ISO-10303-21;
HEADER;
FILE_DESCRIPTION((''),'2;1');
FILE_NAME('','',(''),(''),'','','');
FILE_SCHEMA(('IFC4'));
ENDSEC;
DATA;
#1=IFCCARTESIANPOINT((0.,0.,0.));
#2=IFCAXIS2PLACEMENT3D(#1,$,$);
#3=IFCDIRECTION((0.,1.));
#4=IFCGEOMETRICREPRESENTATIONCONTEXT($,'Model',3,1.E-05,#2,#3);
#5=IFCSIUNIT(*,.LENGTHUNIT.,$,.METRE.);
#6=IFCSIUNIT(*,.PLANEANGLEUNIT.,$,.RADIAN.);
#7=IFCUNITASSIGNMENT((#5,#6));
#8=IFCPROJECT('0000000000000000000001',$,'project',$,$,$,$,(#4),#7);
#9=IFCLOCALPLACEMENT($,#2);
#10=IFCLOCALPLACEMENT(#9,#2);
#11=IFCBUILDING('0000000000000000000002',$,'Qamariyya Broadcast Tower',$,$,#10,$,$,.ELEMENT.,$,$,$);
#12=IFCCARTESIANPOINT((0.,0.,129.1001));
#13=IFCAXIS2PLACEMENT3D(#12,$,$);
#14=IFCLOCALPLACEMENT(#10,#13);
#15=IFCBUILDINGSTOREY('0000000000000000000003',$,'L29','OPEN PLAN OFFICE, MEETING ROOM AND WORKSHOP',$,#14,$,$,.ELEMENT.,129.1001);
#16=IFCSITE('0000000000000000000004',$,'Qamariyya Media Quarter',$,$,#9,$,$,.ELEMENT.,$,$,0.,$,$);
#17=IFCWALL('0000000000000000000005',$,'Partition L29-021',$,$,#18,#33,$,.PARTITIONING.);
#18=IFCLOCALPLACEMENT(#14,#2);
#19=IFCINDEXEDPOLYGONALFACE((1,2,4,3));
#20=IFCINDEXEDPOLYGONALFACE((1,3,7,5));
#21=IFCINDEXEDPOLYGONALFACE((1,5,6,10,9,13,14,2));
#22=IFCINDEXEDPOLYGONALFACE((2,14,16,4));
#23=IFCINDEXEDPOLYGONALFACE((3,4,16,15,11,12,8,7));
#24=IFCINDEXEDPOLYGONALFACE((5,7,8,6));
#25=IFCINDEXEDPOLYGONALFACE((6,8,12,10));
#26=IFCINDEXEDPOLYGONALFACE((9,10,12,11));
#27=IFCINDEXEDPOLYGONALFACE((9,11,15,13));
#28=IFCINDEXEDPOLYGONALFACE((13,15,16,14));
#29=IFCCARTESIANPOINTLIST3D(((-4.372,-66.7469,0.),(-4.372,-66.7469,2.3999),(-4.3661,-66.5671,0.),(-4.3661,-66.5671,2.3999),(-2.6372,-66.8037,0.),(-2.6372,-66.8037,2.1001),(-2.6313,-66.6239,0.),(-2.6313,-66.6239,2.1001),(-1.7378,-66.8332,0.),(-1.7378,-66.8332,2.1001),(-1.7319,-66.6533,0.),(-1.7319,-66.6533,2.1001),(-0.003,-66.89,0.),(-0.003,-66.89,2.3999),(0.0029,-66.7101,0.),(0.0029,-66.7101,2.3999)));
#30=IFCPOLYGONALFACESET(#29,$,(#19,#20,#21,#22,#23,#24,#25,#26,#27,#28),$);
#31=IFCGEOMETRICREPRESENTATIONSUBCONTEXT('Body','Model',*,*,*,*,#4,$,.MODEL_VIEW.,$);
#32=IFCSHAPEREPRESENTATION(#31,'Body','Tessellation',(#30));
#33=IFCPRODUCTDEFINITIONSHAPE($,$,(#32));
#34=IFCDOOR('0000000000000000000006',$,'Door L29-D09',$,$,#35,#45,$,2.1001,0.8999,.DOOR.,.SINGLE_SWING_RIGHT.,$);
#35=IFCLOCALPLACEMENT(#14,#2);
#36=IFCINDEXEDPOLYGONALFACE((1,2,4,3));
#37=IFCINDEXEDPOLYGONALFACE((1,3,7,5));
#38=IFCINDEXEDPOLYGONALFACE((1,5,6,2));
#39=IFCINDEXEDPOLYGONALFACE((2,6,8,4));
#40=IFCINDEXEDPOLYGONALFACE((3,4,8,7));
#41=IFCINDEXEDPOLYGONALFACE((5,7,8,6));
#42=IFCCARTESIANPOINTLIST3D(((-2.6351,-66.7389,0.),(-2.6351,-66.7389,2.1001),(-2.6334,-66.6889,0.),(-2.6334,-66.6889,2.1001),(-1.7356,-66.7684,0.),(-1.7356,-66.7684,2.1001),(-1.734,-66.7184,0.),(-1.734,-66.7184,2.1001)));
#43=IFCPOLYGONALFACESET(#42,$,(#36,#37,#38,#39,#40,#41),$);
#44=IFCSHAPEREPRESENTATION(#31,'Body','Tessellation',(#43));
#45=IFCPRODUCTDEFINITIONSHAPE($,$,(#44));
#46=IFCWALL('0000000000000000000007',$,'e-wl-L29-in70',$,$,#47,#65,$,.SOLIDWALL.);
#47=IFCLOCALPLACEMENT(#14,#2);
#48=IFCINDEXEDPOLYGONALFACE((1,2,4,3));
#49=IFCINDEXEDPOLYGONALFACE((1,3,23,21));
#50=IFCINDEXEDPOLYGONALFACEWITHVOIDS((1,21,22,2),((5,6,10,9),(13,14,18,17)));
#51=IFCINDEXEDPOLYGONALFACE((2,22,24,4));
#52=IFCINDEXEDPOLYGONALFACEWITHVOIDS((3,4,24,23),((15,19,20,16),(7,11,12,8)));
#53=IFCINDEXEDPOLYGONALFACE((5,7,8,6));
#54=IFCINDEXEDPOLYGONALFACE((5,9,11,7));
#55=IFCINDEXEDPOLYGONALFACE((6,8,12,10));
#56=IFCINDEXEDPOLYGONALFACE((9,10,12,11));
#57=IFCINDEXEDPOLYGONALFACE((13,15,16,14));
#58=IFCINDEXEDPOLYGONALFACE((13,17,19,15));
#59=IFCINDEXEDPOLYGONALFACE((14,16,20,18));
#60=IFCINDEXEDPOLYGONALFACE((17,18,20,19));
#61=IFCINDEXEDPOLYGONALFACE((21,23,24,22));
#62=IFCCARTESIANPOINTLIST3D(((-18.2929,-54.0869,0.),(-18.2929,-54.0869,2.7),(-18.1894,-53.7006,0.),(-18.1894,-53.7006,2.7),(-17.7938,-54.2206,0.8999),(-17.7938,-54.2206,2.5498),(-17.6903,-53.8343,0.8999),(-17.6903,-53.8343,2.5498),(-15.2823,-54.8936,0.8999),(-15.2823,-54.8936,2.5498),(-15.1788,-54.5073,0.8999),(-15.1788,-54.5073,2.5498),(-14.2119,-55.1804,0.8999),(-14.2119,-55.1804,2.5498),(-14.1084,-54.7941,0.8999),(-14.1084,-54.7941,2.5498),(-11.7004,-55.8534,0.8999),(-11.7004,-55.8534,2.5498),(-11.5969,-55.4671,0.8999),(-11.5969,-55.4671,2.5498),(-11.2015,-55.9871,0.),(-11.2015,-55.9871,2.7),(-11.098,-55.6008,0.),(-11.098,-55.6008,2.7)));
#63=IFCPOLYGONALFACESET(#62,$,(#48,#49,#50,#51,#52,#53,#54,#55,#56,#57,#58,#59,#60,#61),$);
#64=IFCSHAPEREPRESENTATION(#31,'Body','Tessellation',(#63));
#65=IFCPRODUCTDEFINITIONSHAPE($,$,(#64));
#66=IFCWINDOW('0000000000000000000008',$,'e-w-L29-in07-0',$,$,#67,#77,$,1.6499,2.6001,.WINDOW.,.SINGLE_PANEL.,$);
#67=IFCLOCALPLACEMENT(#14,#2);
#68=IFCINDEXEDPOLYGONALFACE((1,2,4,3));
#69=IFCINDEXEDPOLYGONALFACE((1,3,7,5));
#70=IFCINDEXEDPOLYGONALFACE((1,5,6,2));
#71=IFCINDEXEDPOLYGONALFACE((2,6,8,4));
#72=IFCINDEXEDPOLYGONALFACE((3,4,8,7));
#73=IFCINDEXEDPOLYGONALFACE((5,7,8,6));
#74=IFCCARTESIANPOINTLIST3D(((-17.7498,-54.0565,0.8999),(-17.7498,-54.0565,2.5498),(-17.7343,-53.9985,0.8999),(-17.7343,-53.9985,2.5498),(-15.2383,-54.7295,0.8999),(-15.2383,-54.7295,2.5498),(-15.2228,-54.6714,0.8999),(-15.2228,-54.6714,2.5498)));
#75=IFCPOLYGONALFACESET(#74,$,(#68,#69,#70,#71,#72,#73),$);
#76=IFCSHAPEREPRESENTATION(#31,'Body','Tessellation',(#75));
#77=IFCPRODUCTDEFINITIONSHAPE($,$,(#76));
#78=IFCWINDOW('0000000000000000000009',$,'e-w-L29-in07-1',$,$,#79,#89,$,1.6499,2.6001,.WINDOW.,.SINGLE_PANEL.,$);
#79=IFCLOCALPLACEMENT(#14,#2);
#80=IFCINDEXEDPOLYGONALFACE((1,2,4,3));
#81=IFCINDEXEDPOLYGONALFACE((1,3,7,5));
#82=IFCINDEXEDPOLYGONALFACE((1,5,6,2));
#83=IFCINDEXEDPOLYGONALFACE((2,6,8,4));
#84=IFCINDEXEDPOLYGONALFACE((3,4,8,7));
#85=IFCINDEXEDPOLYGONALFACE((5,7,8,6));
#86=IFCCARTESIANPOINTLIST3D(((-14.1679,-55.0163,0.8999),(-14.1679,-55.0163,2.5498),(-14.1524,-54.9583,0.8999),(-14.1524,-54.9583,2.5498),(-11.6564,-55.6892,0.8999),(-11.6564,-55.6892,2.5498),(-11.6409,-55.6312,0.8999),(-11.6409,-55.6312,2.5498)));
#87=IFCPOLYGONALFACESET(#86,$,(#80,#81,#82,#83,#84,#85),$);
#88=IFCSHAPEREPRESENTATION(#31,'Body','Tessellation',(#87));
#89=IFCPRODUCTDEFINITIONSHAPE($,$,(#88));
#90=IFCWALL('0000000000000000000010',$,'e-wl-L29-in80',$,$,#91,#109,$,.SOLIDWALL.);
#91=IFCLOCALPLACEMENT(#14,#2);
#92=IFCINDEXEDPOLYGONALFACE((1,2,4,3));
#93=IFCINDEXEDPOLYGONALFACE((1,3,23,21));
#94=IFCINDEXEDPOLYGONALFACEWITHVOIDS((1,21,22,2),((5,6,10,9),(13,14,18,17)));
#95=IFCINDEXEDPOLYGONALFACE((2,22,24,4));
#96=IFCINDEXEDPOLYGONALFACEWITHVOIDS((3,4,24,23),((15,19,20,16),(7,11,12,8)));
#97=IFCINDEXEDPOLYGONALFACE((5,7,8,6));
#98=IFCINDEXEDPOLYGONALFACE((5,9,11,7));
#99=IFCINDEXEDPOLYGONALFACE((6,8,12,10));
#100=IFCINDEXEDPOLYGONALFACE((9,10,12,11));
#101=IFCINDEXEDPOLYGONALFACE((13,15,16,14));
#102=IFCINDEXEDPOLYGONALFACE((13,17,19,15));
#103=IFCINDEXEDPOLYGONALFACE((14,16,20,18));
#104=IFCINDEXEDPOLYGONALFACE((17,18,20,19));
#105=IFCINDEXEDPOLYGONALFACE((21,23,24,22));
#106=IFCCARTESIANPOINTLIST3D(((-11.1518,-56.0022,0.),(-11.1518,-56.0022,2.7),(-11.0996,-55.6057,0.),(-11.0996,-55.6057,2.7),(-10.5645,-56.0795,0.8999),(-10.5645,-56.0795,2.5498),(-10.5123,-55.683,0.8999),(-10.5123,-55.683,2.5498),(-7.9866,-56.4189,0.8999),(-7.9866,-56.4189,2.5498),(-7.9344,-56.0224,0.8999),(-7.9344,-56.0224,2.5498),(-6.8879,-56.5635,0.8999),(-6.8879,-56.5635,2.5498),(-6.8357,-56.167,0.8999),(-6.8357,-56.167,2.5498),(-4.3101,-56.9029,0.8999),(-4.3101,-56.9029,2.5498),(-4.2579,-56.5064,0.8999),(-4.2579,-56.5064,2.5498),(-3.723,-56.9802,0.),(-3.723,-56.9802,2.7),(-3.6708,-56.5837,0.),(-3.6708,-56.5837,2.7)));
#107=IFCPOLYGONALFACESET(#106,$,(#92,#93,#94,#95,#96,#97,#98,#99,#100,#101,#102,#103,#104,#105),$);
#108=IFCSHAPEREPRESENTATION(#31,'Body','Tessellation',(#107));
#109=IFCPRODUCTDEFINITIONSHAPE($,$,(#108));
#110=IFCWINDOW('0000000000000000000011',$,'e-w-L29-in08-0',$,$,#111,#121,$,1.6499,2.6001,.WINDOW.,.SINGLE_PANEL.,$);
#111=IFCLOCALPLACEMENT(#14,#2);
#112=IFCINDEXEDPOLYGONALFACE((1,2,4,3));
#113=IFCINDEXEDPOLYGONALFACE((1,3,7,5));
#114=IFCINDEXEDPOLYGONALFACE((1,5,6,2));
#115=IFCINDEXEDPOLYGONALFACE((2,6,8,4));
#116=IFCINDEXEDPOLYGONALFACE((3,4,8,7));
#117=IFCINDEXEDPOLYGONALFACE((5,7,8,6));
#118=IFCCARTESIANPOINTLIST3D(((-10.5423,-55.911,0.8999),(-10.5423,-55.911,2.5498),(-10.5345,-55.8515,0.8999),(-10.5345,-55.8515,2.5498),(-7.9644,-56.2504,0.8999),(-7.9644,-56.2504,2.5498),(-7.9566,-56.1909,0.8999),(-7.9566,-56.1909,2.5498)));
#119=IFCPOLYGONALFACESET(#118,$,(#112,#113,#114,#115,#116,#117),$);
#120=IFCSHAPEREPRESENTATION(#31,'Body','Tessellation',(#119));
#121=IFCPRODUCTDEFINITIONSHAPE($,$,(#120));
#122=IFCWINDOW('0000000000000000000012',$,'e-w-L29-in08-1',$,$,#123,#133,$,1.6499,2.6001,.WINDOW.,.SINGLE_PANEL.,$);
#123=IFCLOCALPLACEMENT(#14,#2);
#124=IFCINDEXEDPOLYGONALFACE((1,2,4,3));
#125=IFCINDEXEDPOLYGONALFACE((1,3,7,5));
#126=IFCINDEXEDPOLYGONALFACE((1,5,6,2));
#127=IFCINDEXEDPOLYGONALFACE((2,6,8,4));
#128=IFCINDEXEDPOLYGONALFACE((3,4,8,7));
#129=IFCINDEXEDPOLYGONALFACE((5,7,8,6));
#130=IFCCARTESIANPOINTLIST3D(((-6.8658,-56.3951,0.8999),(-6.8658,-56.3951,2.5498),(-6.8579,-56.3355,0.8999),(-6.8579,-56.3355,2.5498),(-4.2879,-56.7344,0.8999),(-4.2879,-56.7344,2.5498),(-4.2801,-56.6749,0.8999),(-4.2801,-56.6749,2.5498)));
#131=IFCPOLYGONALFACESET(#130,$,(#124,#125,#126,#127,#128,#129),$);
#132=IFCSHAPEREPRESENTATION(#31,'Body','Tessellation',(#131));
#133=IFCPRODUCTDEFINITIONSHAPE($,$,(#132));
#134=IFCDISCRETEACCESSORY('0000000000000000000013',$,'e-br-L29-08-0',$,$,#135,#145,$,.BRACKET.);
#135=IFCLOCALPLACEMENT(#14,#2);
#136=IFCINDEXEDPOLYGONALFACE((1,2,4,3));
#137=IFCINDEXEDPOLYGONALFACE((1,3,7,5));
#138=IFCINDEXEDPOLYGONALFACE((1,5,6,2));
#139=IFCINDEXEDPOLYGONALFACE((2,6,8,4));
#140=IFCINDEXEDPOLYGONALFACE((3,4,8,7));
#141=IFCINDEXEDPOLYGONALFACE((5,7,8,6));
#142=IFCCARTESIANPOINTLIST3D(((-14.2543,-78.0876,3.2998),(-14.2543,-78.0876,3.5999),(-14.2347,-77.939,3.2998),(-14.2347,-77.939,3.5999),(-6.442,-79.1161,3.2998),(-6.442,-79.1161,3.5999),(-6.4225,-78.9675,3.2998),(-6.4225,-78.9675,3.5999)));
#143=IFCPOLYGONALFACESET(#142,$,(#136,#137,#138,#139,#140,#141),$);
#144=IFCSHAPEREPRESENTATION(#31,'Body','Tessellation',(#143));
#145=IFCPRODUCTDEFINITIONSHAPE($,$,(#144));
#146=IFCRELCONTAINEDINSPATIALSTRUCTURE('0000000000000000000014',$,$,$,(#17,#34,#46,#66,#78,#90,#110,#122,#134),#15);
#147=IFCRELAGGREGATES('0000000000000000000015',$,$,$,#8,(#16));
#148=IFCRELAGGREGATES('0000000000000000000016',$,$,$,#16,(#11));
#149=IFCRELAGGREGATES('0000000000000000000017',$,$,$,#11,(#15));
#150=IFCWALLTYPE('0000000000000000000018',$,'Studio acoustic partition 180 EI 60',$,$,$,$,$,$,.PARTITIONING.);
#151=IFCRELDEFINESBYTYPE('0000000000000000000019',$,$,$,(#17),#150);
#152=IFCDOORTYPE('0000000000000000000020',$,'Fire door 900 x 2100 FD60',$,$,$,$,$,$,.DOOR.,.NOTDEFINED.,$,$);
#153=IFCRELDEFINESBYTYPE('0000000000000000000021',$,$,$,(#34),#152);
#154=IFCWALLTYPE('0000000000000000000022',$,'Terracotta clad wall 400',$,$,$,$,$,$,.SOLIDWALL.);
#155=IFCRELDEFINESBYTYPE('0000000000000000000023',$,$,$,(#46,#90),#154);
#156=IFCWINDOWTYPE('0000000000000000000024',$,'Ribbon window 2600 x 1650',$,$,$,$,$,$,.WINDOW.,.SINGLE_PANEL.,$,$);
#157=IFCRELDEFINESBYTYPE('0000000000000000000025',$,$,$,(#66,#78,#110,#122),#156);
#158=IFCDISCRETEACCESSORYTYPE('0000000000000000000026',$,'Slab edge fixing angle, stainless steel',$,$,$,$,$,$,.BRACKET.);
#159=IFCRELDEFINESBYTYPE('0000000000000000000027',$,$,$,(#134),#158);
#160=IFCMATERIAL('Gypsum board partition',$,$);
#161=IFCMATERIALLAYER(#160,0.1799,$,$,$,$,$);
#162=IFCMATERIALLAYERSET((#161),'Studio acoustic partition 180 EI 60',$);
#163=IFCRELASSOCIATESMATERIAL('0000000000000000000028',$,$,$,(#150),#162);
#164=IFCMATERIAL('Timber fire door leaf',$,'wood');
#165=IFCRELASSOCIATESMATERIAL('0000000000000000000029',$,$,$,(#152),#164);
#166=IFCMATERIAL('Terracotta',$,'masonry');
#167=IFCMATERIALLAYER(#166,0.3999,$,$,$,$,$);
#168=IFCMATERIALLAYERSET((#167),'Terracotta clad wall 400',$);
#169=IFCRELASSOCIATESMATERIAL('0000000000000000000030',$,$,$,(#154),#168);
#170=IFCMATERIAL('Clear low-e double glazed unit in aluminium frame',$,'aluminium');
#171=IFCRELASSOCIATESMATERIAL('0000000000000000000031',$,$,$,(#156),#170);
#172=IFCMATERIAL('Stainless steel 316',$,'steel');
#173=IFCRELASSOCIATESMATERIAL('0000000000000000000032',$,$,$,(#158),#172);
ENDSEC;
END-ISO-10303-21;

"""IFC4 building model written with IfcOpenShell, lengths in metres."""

from ifc_helpers import new_model, si_unit, direction, frame, frame_2d, origin, origin_2d, place, context, subcontext, project, spatial, rectangle, extrude, material, layer, layer_set, type_object, element, fill, save


model = new_model("IFC4")

# Units and contexts
model_context = context("Model", 3, precision=1e-05, world=origin(), true_north=direction((0.0, 1.0)))
body_context = subcontext(model_context, "Body", "Model", "MODEL_VIEW")
ifc_project = project(units=[si_unit("LENGTHUNIT", "METRE"), si_unit("PLANEANGLEUNIT", "RADIAN")], contexts=[model_context])

# Site, building, storey
site_placement = place(None, origin())
site = spatial("IfcSite", under=ifc_project, at=site_placement, Name="Qamariyya Media Quarter", CompositionType="ELEMENT", RefElevation=0.0)
building_placement = place(site_placement, origin())
building = spatial("IfcBuilding", under=site, at=building_placement, Name="Qamariyya Broadcast Tower", CompositionType="ELEMENT")
storey_placement = place(building_placement, frame((0.0, 0.0, 129.1001)))
storey = spatial("IfcBuildingStorey", under=building, at=storey_placement, Name="L29", Description="OPEN PLAN OFFICE, MEETING ROOM AND WORKSHOP", CompositionType="ELEMENT", Elevation=129.1001)

# Shared definitions
ifc_material_1 = material(Name="Gypsum board partition")

# Wall, opening, door
ifc_layer_1 = layer(ifc_material_1, 0.1799)
ifc_layer_set_1 = layer_set([ifc_layer_1], Name="Studio acoustic partition 180 EI 60")
wall_type_1 = type_object("IfcWallType", Name="Studio acoustic partition 180 EI 60", PredefinedType="PARTITIONING", material=ifc_layer_set_1)
ifc_material_2 = material(Name="Timber fire door leaf", Category="wood")
door_type = type_object("IfcDoorType", Name="Fire door 900 x 2100 FD60", OperationType="NOTDEFINED", PredefinedType="DOOR", material=ifc_material_2)
wall_1_placement = place(storey_placement, frame((-4.3689, -66.657, 0.0), z_axis=(0.0, 0.0, 1.0), x_axis=(0.999464, -0.032729, 0.0)))
wall_1 = element("IfcWall", 1, at=wall_1_placement, inside=storey, type_object=wall_type_1, Name="Partition L29-021", PredefinedType="PARTITIONING", context=body_context, shape_type="SweptSolid", body=[
    extrude(rectangle(XDim=4.3713, YDim=0.1799, at=frame_2d((2.1855, 0.0))), origin(), (0.0, 0.0, 1.0), 2.3999),
])
opening_1_placement = place(wall_1_placement, frame((1.7356, 0.0, 0.0)))
opening_1 = element("IfcOpeningElement", 2, at=opening_1_placement, cuts=wall_1, PredefinedType="OPENING", context=body_context, shape_type="SweptSolid", body=[
    extrude(rectangle(XDim=0.8999, YDim=2.1001, at=frame_2d((0.45, 1.05))), frame((0.0, 0.0999, 0.0), z_axis=(0.0, -1.0, 0.0), x_axis=(1.0, 0.0, 0.0)), (0.0, 0.0, 1.0), 0.2),
])
door_1_placement = place(opening_1_placement, origin())
door_1 = element("IfcDoor", 3, at=door_1_placement, inside=storey, type_object=door_type, Name="Door L29-D09", OperationType="SINGLE_SWING_RIGHT", OverallHeight=2.1001, OverallWidth=0.8999, PredefinedType="DOOR", context=body_context, shape_type="SweptSolid", body=[
    extrude(rectangle(XDim=0.8999, YDim=2.1001, at=frame_2d((0.45, 1.05))), frame((0.0, 0.0249, 0.0), z_axis=(0.0, -1.0, 0.0), x_axis=(1.0, 0.0, 0.0)), (0.0, 0.0, 1.0), 0.05),
])
fill(opening_1, door_1)

# Walls, openings, windows
ifc_material_3 = material(Name="Terracotta", Category="masonry")
ifc_layer_2 = layer(ifc_material_3, 0.3999)
ifc_layer_set_2 = layer_set([ifc_layer_2], Name="Terracotta clad wall 400")
wall_type_2 = type_object("IfcWallType", Name="Terracotta clad wall 400", PredefinedType="SOLIDWALL", material=ifc_layer_set_2)
wall_2_placement = place(storey_placement, frame((-11.1497, -55.7939, 0.0), z_axis=(0.0, 0.0, 1.0), x_axis=(-0.965925, 0.258824, 0.0)))
wall_2 = element("IfcWall", 4, at=wall_2_placement, inside=storey, type_object=wall_type_2, Name="e-wl-L29-in70", PredefinedType="SOLIDWALL", context=body_context, shape_type="SweptSolid", body=[
    extrude(rectangle(XDim=7.3416, YDim=0.3999, at=frame_2d((3.6709, 0.0))), origin(), (0.0, 0.0, 1.0), 2.7),
])
opening_2_placement = place(wall_2_placement, frame((4.2249, 0.0, 0.8999)))
opening_2 = element("IfcOpeningElement", 5, at=opening_2_placement, cuts=wall_2, PredefinedType="OPENING", context=body_context, shape_type="SweptSolid", body=[
    extrude(rectangle(XDim=2.6001, YDim=1.6499, at=frame_2d((1.3, 0.825))), frame((0.0, 0.21, 0.0), z_axis=(0.0, -1.0, 0.0), x_axis=(1.0, 0.0, 0.0)), (0.0, 0.0, 1.0), 0.4199),
])
opening_3_placement = place(wall_2_placement, frame((0.5166, 0.0, 0.8999)))
opening_3 = element("IfcOpeningElement", 6, at=opening_3_placement, cuts=wall_2, PredefinedType="OPENING", context=body_context, shape_type="SweptSolid", body=[
    extrude(rectangle(XDim=2.6001, YDim=1.6499, at=frame_2d((1.3, 0.825))), frame((0.0, 0.21, 0.0), z_axis=(0.0, -1.0, 0.0), x_axis=(1.0, 0.0, 0.0)), (0.0, 0.0, 1.0), 0.4199),
])
ifc_material_4 = material(Name="Clear low-e double glazed unit in aluminium frame", Category="aluminium")
window_type = type_object("IfcWindowType", Name="Ribbon window 2600 x 1650", PartitioningType="SINGLE_PANEL", PredefinedType="WINDOW", material=ifc_material_4)
window_1_placement = place(opening_2_placement, origin())
window_1 = element("IfcWindow", 7, at=window_1_placement, inside=storey, type_object=window_type, Name="e-w-L29-in07-0", OverallHeight=1.6499, OverallWidth=2.6001, PartitioningType="SINGLE_PANEL", PredefinedType="WINDOW", context=body_context, shape_type="SweptSolid", body=[
    extrude(rectangle(XDim=2.6001, YDim=1.6499, at=frame_2d((1.3, 0.825))), frame((0.0, 0.03, 0.0), z_axis=(0.0, -1.0, 0.0), x_axis=(1.0, 0.0, 0.0)), (0.0, 0.0, 1.0), 0.0601),
])
fill(opening_2, window_1)
window_2_placement = place(opening_3_placement, origin())
window_2 = element("IfcWindow", 8, at=window_2_placement, inside=storey, type_object=window_type, Name="e-w-L29-in07-1", OverallHeight=1.6499, OverallWidth=2.6001, PartitioningType="SINGLE_PANEL", PredefinedType="WINDOW", context=body_context, shape_type="SweptSolid", body=[
    extrude(rectangle(XDim=2.6001, YDim=1.6499, at=frame_2d((1.3, 0.825))), frame((0.0, 0.03, 0.0), z_axis=(0.0, -1.0, 0.0), x_axis=(1.0, 0.0, 0.0)), (0.0, 0.0, 1.0), 0.0601),
])
fill(opening_3, window_2)
wall_3_placement = place(storey_placement, frame((-3.6968, -56.782, 0.0), z_axis=(0.0, 0.0, 1.0), x_axis=(-0.991445, 0.130529, 0.0)))
wall_3 = element("IfcWall", 9, at=wall_3_placement, inside=storey, type_object=wall_type_2, Name="e-wl-L29-in80", PredefinedType="SOLIDWALL", context=body_context, shape_type="SweptSolid", body=[
    extrude(rectangle(XDim=7.4929, YDim=0.3999, at=frame_2d((3.7466, 0.0))), origin(), (0.0, 0.0, 1.0), 2.7),
])
opening_4_placement = place(wall_3_placement, frame((4.3005, 0.0, 0.8999)))
opening_4 = element("IfcOpeningElement", 10, at=opening_4_placement, cuts=wall_3, PredefinedType="OPENING", context=body_context, shape_type="SweptSolid", body=[
    extrude(rectangle(XDim=2.6001, YDim=1.6499, at=frame_2d((1.3, 0.825))), frame((0.0, 0.21, 0.0), z_axis=(0.0, -1.0, 0.0), x_axis=(1.0, 0.0, 0.0)), (0.0, 0.0, 1.0), 0.4199),
])
opening_5_placement = place(wall_3_placement, frame((0.5923, 0.0, 0.8999)))
opening_5 = element("IfcOpeningElement", 11, at=opening_5_placement, cuts=wall_3, PredefinedType="OPENING", context=body_context, shape_type="SweptSolid", body=[
    extrude(rectangle(XDim=2.6001, YDim=1.6499, at=frame_2d((1.3, 0.825))), frame((0.0, 0.21, 0.0), z_axis=(0.0, -1.0, 0.0), x_axis=(1.0, 0.0, 0.0)), (0.0, 0.0, 1.0), 0.4199),
])
window_3_placement = place(opening_4_placement, origin())
window_3 = element("IfcWindow", 12, at=window_3_placement, inside=storey, type_object=window_type, Name="e-w-L29-in08-0", OverallHeight=1.6499, OverallWidth=2.6001, PartitioningType="SINGLE_PANEL", PredefinedType="WINDOW", context=body_context, shape_type="SweptSolid", body=[
    extrude(rectangle(XDim=2.6001, YDim=1.6499, at=frame_2d((1.3, 0.825))), frame((0.0, 0.03, 0.0), z_axis=(0.0, -1.0, 0.0), x_axis=(1.0, 0.0, 0.0)), (0.0, 0.0, 1.0), 0.0601),
])
fill(opening_4, window_3)
window_4_placement = place(opening_5_placement, origin())
window_4 = element("IfcWindow", 13, at=window_4_placement, inside=storey, type_object=window_type, Name="e-w-L29-in08-1", OverallHeight=1.6499, OverallWidth=2.6001, PartitioningType="SINGLE_PANEL", PredefinedType="WINDOW", context=body_context, shape_type="SweptSolid", body=[
    extrude(rectangle(XDim=2.6001, YDim=1.6499, at=frame_2d((1.3, 0.825))), frame((0.0, 0.03, 0.0), z_axis=(0.0, -1.0, 0.0), x_axis=(1.0, 0.0, 0.0)), (0.0, 0.0, 1.0), 0.0601),
])
fill(opening_5, window_4)

# Discrete accessory
ifc_material_5 = material(Name="Stainless steel 316", Category="steel")
discrete_accessory_type = type_object("IfcDiscreteAccessoryType", Name="Slab edge fixing angle, stainless steel", PredefinedType="BRACKET", material=ifc_material_5)
discrete_accessory_placement = place(storey_placement, frame((-10.3384, -78.5276, 3.2998), z_axis=(0.0, 0.0, 1.0), x_axis=(0.991445, -0.130526, 0.0)))
element("IfcDiscreteAccessory", 14, at=discrete_accessory_placement, inside=storey, type_object=discrete_accessory_type, Name="e-br-L29-08-0", PredefinedType="BRACKET", context=body_context, shape_type="SweptSolid", body=[
    extrude(rectangle(XDim=7.8796, YDim=0.1499, at=origin_2d()), origin(), (0.0, 0.0, 1.0), 0.3),
])

save(model, "model.ifc")
